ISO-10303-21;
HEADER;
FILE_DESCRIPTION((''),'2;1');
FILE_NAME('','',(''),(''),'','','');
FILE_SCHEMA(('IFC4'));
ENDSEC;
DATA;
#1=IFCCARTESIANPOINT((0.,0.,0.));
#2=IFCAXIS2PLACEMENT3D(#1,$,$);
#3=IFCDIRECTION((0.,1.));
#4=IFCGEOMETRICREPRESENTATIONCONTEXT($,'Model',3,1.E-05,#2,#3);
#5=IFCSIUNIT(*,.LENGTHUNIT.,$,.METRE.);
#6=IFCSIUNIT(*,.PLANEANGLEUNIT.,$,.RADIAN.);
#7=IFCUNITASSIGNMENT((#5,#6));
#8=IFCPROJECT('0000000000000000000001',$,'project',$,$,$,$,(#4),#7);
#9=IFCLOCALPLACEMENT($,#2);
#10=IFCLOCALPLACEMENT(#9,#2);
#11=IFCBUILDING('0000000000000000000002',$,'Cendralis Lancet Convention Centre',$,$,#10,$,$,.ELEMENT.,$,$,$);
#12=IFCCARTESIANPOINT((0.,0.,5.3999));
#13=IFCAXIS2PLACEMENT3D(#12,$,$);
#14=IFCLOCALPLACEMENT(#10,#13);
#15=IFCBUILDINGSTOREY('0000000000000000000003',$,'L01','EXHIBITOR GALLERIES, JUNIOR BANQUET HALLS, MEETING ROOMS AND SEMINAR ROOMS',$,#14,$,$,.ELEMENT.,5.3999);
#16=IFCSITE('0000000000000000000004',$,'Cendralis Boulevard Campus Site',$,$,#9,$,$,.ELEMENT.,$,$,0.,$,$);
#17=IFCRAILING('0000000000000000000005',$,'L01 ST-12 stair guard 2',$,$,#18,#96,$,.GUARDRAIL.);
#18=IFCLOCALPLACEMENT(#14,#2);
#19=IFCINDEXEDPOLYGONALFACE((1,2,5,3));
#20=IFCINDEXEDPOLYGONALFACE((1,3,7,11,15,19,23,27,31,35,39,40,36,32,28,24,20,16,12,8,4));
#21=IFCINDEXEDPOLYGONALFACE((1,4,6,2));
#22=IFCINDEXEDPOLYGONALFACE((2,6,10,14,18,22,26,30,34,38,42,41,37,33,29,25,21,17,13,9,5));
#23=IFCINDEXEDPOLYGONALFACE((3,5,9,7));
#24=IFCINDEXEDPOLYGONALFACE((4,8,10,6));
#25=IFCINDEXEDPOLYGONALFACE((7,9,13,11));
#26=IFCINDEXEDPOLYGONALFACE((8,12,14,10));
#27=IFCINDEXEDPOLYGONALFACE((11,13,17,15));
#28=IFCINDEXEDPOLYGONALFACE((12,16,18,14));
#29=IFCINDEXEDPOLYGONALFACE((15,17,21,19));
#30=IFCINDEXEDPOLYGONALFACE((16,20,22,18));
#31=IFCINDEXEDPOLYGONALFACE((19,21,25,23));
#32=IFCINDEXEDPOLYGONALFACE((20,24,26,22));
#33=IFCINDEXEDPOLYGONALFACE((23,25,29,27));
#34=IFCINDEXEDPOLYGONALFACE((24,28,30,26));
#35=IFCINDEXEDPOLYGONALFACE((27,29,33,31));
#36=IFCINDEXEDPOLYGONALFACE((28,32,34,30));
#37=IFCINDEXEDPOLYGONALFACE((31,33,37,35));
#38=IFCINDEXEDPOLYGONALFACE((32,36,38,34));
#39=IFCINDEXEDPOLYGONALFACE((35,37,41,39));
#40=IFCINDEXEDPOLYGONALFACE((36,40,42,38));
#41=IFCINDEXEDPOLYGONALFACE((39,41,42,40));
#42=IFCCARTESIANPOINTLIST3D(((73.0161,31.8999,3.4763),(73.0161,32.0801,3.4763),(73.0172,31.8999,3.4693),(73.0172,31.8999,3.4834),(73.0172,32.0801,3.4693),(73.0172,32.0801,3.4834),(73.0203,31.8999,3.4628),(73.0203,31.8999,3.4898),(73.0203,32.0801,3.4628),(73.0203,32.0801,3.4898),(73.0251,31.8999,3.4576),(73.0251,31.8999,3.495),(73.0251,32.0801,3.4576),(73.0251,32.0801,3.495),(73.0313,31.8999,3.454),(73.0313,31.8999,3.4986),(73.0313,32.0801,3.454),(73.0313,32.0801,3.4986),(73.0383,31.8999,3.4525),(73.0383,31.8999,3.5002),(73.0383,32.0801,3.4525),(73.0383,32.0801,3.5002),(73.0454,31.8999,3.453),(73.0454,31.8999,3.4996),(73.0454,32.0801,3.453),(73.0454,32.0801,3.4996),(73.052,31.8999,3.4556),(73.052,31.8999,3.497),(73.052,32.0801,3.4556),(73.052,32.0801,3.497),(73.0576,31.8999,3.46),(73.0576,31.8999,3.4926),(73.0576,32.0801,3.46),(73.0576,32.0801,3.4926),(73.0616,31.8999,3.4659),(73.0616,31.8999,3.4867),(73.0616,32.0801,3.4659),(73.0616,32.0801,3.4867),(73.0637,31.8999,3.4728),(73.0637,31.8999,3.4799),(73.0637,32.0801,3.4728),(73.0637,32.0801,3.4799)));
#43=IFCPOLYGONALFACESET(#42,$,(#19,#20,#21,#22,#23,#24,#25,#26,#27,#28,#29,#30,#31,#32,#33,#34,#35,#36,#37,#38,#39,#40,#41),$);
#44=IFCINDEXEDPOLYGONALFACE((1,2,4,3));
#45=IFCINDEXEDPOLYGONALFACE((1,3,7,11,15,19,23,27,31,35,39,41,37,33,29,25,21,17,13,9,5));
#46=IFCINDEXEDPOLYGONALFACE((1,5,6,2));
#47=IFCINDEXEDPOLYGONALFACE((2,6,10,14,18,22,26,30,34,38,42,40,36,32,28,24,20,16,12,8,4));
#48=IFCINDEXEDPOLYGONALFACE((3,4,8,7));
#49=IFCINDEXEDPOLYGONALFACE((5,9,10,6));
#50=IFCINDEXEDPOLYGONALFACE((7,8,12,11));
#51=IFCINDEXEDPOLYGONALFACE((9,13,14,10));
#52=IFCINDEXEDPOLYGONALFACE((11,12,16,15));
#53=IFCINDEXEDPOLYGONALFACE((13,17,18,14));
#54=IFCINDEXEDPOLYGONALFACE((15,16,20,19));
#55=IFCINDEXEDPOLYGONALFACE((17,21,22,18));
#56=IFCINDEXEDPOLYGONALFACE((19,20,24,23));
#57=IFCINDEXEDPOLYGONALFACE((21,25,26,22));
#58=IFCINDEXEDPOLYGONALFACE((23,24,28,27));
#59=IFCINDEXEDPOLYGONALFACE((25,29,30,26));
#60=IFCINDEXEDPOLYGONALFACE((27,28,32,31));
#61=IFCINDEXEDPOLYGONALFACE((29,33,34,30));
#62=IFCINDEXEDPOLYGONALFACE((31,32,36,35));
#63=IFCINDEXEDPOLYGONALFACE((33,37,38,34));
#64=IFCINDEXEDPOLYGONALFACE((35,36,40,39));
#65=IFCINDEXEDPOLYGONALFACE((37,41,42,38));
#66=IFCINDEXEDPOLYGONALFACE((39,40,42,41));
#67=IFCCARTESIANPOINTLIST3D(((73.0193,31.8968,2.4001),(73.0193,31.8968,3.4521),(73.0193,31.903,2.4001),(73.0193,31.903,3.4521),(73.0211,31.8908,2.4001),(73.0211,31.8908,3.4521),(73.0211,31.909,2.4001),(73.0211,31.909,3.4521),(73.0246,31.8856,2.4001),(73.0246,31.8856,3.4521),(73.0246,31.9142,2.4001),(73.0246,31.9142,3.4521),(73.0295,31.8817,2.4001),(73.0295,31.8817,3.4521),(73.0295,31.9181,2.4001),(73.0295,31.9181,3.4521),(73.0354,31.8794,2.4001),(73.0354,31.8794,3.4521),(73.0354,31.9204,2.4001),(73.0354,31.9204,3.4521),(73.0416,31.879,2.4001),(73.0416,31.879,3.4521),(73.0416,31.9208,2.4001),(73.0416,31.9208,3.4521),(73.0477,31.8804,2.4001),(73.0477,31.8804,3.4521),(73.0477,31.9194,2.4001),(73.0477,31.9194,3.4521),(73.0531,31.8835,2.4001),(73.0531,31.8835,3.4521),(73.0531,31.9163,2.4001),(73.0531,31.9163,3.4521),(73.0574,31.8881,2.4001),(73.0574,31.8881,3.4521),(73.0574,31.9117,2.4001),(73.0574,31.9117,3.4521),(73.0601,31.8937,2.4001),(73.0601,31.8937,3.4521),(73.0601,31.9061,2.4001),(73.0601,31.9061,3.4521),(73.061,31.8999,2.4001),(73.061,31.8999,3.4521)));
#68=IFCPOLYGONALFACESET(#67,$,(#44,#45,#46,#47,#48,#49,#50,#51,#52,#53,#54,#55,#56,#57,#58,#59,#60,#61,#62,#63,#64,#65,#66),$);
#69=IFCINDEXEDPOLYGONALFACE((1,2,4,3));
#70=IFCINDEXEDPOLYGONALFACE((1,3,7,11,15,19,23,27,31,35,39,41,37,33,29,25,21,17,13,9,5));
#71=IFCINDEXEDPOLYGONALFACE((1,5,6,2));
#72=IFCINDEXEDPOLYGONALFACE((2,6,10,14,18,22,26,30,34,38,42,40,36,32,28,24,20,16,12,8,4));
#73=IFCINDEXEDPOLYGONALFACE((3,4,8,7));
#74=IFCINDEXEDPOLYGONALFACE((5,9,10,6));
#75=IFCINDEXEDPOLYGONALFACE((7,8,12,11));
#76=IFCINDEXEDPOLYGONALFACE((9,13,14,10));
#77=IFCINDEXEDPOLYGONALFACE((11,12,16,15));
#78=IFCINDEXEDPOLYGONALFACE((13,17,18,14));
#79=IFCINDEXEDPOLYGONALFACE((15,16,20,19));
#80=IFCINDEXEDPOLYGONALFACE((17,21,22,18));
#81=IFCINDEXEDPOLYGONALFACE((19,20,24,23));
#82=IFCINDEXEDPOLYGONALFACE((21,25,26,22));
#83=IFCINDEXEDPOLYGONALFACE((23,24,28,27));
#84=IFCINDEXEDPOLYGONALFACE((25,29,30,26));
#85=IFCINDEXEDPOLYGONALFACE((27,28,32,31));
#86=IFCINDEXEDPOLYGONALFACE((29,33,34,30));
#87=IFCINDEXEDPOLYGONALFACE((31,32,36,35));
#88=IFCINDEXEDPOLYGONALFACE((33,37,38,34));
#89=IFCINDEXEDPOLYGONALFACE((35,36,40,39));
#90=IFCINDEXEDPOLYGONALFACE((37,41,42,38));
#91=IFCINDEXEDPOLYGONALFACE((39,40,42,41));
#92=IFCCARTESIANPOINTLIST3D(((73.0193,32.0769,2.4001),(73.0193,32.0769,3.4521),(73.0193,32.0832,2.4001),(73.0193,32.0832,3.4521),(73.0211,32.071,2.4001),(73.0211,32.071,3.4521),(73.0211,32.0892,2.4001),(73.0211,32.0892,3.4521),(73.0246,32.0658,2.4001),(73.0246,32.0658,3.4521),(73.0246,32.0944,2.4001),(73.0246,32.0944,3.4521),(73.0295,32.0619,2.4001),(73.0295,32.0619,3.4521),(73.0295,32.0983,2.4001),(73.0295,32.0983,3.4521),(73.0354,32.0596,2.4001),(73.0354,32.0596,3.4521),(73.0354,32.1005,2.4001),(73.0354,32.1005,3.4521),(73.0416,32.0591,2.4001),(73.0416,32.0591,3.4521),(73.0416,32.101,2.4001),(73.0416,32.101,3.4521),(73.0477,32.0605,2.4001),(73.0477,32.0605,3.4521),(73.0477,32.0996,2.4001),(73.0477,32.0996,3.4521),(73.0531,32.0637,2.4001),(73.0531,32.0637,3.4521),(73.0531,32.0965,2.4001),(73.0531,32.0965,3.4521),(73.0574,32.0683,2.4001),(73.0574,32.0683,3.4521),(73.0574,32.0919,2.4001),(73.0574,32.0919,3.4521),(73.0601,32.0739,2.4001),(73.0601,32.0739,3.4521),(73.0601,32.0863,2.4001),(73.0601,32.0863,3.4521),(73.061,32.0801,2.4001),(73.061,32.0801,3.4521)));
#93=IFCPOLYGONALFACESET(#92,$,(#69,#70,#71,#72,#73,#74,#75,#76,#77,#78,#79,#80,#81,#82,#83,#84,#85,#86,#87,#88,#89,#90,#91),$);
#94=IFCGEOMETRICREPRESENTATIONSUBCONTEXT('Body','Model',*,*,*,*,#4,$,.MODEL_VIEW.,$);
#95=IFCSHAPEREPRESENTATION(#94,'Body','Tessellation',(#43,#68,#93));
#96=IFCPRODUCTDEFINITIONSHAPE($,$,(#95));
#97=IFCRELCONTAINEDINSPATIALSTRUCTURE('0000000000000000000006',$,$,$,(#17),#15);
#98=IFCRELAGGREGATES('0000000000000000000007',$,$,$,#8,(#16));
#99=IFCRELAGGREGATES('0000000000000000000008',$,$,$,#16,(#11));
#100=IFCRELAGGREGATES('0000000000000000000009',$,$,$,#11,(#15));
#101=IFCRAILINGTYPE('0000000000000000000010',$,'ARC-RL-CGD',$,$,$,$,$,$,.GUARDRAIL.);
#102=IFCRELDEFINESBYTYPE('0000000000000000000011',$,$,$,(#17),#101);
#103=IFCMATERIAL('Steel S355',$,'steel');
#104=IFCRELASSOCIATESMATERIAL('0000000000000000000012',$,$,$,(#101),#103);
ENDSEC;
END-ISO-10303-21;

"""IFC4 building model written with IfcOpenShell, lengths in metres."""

from ifc_helpers import new_model, si_unit, direction, frame, origin, origin_2d, place, context, subcontext, project, spatial, circle, extrude, material, type_object, element, save


model = new_model("IFC4")

# Units and contexts
model_context = context("Model", 3, precision=1e-05, world=origin(), true_north=direction((0.0, 1.0)))
body_context = subcontext(model_context, "Body", "Model", "MODEL_VIEW")
ifc_project = project(units=[si_unit("LENGTHUNIT", "METRE"), si_unit("PLANEANGLEUNIT", "RADIAN")], contexts=[model_context])

# Site, building, storey
site_placement = place(None, origin())
site = spatial("IfcSite", under=ifc_project, at=site_placement, Name="Cendralis Boulevard Campus Site", CompositionType="ELEMENT", RefElevation=0.0)
building_placement = place(site_placement, origin())
building = spatial("IfcBuilding", under=site, at=building_placement, Name="Cendralis Lancet Convention Centre", CompositionType="ELEMENT")
storey_placement = place(building_placement, frame((0.0, 0.0, 5.3999)))
storey = spatial("IfcBuildingStorey", under=building, at=storey_placement, Name="L01", Description="EXHIBITOR GALLERIES, JUNIOR BANQUET HALLS, MEETING ROOMS AND SEMINAR ROOMS", CompositionType="ELEMENT", Elevation=5.3999)

# Shared definitions
ifc_material_1 = material(Name="Steel S355", Category="steel")

# Railing
railing_type_1 = type_object("IfcRailingType", Name="ARC-RL-CGD", PredefinedType="GUARDRAIL", material=ifc_material_1)
railing_1_placement = place(storey_placement, frame((73.04, 31.8999, 2.4001)))
element("IfcRailing", 1, at=railing_1_placement, inside=storey, type_object=railing_type_1, Name="L01 ST-12 stair guard 2", PredefinedType="GUARDRAIL", context=body_context, shape_type="SweptSolid", body=[
    extrude(circle(Radius=0.0239, at=origin_2d()), frame((0.0, 0.0, 1.0762), z_axis=(0.0, 1.0, 0.0), x_axis=(-1.0, 0.0, 0.0)), (0.0, 0.0, 1.0), 0.1802),
    extrude(circle(Radius=0.021, at=origin_2d()), origin(), (0.0, 0.0, 1.0), 1.052),
    extrude(circle(Radius=0.021, at=origin_2d()), frame((0.0, 0.1802, 0.0)), (0.0, 0.0, 1.0), 1.052),
])

save(model, "model.ifc")
